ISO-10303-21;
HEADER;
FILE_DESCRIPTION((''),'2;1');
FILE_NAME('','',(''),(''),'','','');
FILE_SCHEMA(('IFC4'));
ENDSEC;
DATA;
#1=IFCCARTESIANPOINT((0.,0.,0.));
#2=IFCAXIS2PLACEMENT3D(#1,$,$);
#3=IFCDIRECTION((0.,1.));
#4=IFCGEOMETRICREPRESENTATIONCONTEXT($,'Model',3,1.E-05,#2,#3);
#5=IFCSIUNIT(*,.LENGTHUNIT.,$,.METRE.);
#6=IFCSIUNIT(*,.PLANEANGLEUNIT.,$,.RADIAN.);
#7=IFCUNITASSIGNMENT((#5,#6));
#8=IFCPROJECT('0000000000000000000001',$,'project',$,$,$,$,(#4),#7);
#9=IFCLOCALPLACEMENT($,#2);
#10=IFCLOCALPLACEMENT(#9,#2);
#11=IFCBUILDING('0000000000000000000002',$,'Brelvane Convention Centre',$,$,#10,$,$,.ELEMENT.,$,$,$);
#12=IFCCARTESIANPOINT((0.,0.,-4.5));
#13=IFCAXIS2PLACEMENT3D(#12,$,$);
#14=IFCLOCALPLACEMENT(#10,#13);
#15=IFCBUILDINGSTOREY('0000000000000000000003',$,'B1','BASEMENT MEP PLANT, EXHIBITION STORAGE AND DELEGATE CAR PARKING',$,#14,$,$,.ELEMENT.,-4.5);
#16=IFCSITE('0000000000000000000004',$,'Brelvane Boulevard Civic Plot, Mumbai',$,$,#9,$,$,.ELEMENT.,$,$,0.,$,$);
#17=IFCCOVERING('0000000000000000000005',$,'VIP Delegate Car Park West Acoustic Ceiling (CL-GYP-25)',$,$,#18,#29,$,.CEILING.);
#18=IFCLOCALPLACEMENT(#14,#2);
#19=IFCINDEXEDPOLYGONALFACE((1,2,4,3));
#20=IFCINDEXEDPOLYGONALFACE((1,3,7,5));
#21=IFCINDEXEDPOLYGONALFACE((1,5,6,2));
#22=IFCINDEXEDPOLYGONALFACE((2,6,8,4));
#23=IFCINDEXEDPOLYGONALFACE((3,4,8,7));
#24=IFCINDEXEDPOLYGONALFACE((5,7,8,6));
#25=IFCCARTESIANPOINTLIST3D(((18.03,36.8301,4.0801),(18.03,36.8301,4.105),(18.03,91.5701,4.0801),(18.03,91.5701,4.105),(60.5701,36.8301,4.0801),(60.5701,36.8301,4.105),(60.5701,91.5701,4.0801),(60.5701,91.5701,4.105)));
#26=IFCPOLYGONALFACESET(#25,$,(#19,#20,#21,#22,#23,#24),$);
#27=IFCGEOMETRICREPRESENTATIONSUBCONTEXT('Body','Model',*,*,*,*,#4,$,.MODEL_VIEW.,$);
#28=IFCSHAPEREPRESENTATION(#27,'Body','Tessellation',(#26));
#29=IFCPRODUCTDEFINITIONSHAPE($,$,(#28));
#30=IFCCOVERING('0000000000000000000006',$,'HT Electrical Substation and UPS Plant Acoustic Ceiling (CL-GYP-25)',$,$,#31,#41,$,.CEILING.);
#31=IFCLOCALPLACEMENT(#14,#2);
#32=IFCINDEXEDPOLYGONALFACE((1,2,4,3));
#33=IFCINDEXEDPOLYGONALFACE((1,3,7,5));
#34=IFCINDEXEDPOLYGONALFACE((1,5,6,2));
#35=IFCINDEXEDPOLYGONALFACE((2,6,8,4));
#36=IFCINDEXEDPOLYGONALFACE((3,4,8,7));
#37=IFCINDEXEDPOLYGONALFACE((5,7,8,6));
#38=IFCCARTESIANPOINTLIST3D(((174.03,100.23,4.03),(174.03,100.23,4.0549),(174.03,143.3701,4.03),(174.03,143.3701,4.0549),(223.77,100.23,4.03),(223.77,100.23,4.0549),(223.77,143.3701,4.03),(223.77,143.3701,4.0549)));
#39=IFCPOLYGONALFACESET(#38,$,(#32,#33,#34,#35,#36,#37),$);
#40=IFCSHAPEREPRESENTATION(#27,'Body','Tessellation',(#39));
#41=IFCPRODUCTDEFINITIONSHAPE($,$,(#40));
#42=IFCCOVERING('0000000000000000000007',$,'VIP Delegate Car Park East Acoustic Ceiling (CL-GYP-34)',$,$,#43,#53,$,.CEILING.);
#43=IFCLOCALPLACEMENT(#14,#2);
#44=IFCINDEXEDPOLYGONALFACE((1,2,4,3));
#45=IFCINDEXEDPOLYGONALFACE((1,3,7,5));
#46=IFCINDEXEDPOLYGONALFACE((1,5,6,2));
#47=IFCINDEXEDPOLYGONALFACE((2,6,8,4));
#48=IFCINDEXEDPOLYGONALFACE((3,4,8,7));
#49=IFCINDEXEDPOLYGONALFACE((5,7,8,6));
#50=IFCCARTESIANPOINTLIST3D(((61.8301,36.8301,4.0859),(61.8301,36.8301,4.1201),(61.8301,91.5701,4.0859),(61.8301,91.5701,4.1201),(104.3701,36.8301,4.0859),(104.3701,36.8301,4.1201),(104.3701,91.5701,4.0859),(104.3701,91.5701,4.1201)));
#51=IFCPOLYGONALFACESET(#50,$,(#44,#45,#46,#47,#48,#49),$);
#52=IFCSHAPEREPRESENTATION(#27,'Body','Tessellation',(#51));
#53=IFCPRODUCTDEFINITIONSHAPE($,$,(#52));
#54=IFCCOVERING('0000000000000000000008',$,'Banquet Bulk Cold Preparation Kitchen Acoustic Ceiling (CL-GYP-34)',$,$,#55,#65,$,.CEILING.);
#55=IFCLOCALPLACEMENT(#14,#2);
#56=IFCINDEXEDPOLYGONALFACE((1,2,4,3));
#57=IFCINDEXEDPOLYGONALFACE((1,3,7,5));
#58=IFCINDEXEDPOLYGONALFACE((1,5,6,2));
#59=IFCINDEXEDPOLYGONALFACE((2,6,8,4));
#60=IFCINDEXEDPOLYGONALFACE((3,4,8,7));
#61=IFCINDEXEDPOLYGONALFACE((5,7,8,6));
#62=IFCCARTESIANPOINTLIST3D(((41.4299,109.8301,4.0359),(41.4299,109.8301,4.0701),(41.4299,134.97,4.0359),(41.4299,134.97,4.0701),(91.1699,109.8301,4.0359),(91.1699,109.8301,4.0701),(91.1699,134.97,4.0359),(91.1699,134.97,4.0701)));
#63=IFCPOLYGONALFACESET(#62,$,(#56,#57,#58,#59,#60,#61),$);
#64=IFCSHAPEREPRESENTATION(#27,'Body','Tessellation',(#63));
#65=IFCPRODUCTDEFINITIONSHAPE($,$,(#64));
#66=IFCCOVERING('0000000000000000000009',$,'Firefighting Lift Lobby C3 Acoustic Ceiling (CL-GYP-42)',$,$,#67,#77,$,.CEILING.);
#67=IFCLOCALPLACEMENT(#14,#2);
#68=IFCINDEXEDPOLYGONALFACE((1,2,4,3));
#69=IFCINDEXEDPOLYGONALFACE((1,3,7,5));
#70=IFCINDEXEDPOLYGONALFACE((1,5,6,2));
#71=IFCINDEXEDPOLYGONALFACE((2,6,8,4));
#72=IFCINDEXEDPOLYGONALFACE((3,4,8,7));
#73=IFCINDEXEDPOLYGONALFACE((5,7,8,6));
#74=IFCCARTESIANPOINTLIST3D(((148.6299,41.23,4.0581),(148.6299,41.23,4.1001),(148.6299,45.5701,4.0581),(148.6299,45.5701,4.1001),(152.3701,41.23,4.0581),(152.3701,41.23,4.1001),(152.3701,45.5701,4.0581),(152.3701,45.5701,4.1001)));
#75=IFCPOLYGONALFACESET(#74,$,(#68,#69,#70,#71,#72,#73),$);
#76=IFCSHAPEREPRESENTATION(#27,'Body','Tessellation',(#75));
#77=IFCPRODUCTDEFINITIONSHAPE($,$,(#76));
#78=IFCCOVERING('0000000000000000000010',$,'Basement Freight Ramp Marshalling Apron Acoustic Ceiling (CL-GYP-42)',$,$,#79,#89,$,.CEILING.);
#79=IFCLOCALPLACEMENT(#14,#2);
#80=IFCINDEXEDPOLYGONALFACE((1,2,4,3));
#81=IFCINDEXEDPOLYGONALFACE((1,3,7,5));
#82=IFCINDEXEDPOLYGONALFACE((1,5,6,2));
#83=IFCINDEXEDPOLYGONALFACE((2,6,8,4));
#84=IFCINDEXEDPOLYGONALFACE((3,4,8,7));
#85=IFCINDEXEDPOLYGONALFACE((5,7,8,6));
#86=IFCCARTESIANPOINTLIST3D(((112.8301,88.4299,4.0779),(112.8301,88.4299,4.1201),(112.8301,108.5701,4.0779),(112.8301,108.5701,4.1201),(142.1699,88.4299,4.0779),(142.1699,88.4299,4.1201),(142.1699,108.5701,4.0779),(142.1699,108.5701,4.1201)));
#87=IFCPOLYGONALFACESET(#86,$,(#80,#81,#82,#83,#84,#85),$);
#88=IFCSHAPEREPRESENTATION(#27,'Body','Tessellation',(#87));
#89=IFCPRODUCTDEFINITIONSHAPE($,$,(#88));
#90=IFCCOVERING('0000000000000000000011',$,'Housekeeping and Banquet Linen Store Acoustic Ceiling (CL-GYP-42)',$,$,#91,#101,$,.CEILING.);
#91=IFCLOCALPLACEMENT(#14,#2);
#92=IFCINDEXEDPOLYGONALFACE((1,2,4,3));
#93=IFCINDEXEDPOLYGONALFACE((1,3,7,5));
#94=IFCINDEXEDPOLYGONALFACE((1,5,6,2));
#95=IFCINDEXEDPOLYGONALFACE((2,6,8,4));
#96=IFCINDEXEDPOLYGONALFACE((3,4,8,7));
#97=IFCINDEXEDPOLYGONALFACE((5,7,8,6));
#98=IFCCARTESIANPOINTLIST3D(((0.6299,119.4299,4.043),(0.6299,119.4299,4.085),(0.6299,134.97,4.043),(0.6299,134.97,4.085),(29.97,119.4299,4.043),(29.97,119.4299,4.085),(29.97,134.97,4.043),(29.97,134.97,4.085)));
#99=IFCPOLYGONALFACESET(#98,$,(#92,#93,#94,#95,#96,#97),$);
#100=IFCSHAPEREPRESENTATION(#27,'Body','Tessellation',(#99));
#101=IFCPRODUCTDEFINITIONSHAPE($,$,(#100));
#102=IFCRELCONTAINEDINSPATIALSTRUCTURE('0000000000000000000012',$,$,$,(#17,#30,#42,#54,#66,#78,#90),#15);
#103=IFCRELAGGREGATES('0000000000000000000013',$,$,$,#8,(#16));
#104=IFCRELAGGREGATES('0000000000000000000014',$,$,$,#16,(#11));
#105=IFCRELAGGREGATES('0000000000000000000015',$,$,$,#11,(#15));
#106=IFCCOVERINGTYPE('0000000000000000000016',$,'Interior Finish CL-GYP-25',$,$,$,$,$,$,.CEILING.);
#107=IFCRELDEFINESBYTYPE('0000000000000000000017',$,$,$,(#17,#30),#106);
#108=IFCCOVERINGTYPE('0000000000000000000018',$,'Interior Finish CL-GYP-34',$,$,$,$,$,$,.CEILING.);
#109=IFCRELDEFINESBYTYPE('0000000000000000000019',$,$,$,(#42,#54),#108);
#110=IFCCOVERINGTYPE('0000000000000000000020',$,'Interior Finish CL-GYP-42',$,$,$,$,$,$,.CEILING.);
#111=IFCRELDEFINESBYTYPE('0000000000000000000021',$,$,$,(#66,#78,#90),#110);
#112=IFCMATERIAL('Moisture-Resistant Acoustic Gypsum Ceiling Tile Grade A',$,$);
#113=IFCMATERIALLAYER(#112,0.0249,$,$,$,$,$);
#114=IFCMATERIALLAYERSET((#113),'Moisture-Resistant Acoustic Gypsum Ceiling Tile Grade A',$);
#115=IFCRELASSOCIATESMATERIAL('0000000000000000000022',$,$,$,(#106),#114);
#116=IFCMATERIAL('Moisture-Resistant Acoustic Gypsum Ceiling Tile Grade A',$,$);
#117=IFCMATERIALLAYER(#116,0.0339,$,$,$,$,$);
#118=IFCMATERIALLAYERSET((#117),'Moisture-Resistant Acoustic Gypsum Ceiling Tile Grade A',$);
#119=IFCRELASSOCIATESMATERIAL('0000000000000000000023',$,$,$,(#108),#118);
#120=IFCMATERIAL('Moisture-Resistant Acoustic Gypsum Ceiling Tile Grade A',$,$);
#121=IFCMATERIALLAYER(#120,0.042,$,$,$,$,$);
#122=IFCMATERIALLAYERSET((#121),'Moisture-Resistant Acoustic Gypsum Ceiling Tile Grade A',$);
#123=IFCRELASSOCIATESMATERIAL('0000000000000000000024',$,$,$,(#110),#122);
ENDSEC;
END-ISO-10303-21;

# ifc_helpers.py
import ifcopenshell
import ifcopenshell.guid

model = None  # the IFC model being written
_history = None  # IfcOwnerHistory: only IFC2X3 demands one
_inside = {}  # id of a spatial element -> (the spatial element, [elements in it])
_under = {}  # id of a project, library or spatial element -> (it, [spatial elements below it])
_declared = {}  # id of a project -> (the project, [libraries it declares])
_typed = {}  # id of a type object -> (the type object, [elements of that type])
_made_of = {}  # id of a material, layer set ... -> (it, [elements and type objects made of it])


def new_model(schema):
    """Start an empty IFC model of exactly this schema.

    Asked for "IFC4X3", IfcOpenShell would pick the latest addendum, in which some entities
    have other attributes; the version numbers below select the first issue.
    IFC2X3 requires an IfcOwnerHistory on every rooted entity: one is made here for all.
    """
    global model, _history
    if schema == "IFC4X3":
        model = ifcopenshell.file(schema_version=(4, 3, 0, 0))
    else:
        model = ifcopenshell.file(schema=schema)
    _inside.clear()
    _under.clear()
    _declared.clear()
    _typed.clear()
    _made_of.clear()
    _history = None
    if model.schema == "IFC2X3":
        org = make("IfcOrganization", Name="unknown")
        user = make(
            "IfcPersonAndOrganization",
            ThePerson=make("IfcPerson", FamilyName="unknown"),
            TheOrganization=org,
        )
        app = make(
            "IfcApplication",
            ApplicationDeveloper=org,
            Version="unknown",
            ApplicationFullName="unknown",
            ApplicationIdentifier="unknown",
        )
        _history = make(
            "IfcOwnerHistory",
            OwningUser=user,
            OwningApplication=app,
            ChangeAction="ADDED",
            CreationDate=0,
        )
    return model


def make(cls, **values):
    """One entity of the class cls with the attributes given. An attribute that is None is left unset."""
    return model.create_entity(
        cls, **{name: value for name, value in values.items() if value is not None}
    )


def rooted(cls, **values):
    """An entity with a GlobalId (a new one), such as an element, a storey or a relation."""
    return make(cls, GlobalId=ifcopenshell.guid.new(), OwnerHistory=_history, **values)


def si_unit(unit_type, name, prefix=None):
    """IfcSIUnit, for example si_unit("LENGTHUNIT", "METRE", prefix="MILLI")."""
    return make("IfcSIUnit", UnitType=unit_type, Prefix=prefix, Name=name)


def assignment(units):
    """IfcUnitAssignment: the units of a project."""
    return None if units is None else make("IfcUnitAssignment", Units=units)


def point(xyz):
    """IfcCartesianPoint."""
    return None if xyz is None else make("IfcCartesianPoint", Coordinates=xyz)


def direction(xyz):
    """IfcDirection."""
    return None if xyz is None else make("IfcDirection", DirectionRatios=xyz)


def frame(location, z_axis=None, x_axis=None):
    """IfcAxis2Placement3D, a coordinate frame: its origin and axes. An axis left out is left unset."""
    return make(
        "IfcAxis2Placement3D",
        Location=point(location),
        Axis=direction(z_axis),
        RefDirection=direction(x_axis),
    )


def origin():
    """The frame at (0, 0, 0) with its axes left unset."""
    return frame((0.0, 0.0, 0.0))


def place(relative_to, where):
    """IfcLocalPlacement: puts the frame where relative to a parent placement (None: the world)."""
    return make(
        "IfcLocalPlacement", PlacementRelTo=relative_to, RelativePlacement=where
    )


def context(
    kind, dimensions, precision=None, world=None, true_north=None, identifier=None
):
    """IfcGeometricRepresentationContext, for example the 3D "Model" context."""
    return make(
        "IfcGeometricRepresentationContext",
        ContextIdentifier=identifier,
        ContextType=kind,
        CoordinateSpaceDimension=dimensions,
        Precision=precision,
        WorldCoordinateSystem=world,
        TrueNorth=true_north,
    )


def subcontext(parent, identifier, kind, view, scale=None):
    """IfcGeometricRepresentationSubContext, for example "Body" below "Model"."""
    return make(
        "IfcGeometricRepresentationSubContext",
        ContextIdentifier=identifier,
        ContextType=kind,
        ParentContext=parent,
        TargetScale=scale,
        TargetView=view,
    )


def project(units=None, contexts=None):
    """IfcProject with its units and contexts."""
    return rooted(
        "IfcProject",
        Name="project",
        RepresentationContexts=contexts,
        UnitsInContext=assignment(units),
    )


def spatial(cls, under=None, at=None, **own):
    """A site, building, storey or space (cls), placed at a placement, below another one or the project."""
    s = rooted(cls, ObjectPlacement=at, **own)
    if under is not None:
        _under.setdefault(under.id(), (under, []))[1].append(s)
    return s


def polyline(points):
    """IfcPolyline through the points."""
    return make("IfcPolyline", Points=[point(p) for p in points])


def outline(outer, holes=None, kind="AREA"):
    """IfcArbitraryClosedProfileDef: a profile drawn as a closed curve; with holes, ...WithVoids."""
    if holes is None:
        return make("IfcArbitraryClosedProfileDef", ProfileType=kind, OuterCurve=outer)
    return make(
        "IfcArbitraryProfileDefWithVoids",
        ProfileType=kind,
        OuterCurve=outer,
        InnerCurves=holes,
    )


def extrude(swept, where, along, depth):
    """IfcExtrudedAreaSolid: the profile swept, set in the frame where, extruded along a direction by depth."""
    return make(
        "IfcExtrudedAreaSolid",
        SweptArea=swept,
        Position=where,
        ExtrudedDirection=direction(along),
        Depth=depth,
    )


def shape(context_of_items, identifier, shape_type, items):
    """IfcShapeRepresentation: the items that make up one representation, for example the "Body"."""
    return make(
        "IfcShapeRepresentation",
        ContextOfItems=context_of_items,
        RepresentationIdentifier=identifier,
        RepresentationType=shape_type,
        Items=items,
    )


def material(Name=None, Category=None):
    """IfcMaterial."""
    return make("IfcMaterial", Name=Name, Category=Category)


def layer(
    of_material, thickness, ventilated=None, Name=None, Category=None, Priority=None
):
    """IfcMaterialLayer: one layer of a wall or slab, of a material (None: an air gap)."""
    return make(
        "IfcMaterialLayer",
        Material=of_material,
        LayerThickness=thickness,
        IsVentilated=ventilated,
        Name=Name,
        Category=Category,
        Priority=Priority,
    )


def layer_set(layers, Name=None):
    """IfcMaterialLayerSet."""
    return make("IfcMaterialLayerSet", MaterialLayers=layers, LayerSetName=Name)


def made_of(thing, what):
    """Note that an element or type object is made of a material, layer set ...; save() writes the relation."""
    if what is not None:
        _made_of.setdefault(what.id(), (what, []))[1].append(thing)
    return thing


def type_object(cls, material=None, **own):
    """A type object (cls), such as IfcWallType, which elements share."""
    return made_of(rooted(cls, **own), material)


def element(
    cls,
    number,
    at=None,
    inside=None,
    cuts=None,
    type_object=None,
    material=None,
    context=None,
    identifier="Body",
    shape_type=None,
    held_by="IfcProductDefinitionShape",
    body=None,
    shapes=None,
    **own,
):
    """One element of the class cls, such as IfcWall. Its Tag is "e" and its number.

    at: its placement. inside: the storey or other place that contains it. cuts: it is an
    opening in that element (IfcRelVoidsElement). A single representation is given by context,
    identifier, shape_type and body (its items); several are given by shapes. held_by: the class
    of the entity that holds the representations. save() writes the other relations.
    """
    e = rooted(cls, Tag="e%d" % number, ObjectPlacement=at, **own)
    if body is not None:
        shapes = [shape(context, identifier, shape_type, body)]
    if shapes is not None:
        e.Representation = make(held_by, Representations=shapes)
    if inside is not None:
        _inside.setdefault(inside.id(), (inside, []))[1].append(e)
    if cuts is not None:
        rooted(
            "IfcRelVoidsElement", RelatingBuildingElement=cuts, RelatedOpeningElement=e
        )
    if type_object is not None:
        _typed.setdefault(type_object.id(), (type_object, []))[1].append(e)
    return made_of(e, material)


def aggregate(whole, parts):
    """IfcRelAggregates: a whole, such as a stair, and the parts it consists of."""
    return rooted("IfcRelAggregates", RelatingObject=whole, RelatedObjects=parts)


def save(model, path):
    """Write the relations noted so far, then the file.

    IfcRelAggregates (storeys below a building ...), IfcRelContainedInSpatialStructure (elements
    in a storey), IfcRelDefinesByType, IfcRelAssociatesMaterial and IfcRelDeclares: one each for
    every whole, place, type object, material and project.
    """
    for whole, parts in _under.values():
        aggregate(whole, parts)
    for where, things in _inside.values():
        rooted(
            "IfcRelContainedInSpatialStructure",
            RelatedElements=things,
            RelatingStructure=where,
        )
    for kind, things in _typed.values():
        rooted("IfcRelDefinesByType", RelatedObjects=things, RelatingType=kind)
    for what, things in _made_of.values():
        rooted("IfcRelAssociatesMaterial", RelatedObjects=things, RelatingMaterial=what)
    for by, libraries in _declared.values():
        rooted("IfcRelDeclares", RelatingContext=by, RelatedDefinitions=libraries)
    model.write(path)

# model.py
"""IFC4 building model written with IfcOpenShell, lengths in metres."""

from ifc_helpers import new_model, si_unit, direction, frame, origin, place, context, subcontext, project, spatial, polyline, outline, extrude, material, layer, layer_set, type_object, element, save


model = new_model("IFC4")

# Units and contexts
model_context = context("Model", 3, precision=1e-05, world=origin(), true_north=direction((0.0, 1.0)))
body_context = subcontext(model_context, "Body", "Model", "MODEL_VIEW")
ifc_project = project(units=[si_unit("LENGTHUNIT", "METRE"), si_unit("PLANEANGLEUNIT", "RADIAN")], contexts=[model_context])

# Site, building, storey
site_placement = place(None, origin())
site = spatial("IfcSite", under=ifc_project, at=site_placement, Name="Brelvane Boulevard Civic Plot, Mumbai", CompositionType="ELEMENT", RefElevation=0.0)
building_placement = place(site_placement, origin())
building = spatial("IfcBuilding", under=site, at=building_placement, Name="Brelvane Convention Centre", CompositionType="ELEMENT")
storey_placement = place(building_placement, frame((0.0, 0.0, -4.5)))
storey = spatial("IfcBuildingStorey", under=building, at=storey_placement, Name="B1", Description="BASEMENT MEP PLANT, EXHIBITION STORAGE AND DELEGATE CAR PARKING", CompositionType="ELEMENT", Elevation=-4.5)

# Coverings
ifc_material_1 = material(Name="Moisture-Resistant Acoustic Gypsum Ceiling Tile Grade A")
ifc_layer_1 = layer(ifc_material_1, 0.0249)
ifc_layer_set_1 = layer_set([ifc_layer_1], Name="Moisture-Resistant Acoustic Gypsum Ceiling Tile Grade A")
covering_type_1 = type_object("IfcCoveringType", Name="Interior Finish CL-GYP-25", PredefinedType="CEILING", material=ifc_layer_set_1)
covering_1_placement = place(storey_placement, frame((0.0, 0.0, 4.0801)))
element("IfcCovering", 1, at=covering_1_placement, inside=storey, type_object=covering_type_1, Name="VIP Delegate Car Park West Acoustic Ceiling (CL-GYP-25)", PredefinedType="CEILING", context=body_context, shape_type="SweptSolid", body=[
    extrude(outline(polyline([(18.03, 36.8301), (60.5701, 36.8301), (60.5701, 91.5701), (18.03, 91.5701), (18.03, 36.8301)])), origin(), (0.0, 0.0, 1.0), 0.0249),
])
covering_2_placement = place(storey_placement, frame((0.0, 0.0, 4.03)))
element("IfcCovering", 2, at=covering_2_placement, inside=storey, type_object=covering_type_1, Name="HT Electrical Substation and UPS Plant Acoustic Ceiling (CL-GYP-25)", PredefinedType="CEILING", context=body_context, shape_type="SweptSolid", body=[
    extrude(outline(polyline([(174.03, 100.23), (223.77, 100.23), (223.77, 143.3701), (174.03, 143.3701), (174.03, 100.23)])), origin(), (0.0, 0.0, 1.0), 0.0249),
])
ifc_material_2 = material(Name="Moisture-Resistant Acoustic Gypsum Ceiling Tile Grade A")
ifc_layer_2 = layer(ifc_material_2, 0.0339)
ifc_layer_set_2 = layer_set([ifc_layer_2], Name="Moisture-Resistant Acoustic Gypsum Ceiling Tile Grade A")
covering_type_2 = type_object("IfcCoveringType", Name="Interior Finish CL-GYP-34", PredefinedType="CEILING", material=ifc_layer_set_2)
covering_3_placement = place(storey_placement, frame((0.0, 0.0, 4.0859)))
element("IfcCovering", 3, at=covering_3_placement, inside=storey, type_object=covering_type_2, Name="VIP Delegate Car Park East Acoustic Ceiling (CL-GYP-34)", PredefinedType="CEILING", context=body_context, shape_type="SweptSolid", body=[
    extrude(outline(polyline([(61.8301, 36.8301), (104.3701, 36.8301), (104.3701, 91.5701), (61.8301, 91.5701), (61.8301, 36.8301)])), origin(), (0.0, 0.0, 1.0), 0.0342),
])
covering_4_placement = place(storey_placement, frame((0.0, 0.0, 4.0359)))
element("IfcCovering", 4, at=covering_4_placement, inside=storey, type_object=covering_type_2, Name="Banquet Bulk Cold Preparation Kitchen Acoustic Ceiling (CL-GYP-34)", PredefinedType="CEILING", context=body_context, shape_type="SweptSolid", body=[
    extrude(outline(polyline([(41.4299, 109.8301), (91.1699, 109.8301), (91.1699, 134.97), (41.4299, 134.97), (41.4299, 109.8301)])), origin(), (0.0, 0.0, 1.0), 0.0342),
])
ifc_material_3 = material(Name="Moisture-Resistant Acoustic Gypsum Ceiling Tile Grade A")
ifc_layer_3 = layer(ifc_material_3, 0.042)
ifc_layer_set_3 = layer_set([ifc_layer_3], Name="Moisture-Resistant Acoustic Gypsum Ceiling Tile Grade A")
covering_type_3 = type_object("IfcCoveringType", Name="Interior Finish CL-GYP-42", PredefinedType="CEILING", material=ifc_layer_set_3)
covering_5_placement = place(storey_placement, frame((0.0, 0.0, 4.0581)))
element("IfcCovering", 5, at=covering_5_placement, inside=storey, type_object=covering_type_3, Name="Firefighting Lift Lobby C3 Acoustic Ceiling (CL-GYP-42)", PredefinedType="CEILING", context=body_context, shape_type="SweptSolid", body=[
    extrude(outline(polyline([(148.6299, 41.23), (152.3701, 41.23), (152.3701, 45.5701), (148.6299, 45.5701), (148.6299, 41.23)])), origin(), (0.0, 0.0, 1.0), 0.042),
])
covering_6_placement = place(storey_placement, frame((0.0, 0.0, 4.0779)))
element("IfcCovering", 6, at=covering_6_placement, inside=storey, type_object=covering_type_3, Name="Basement Freight Ramp Marshalling Apron Acoustic Ceiling (CL-GYP-42)", PredefinedType="CEILING", context=body_context, shape_type="SweptSolid", body=[
    extrude(outline(polyline([(112.8301, 88.4299), (142.1699, 88.4299), (142.1699, 108.5701), (112.8301, 108.5701), (112.8301, 88.4299)])), origin(), (0.0, 0.0, 1.0), 0.0422),
])
covering_7_placement = place(storey_placement, frame((0.0, 0.0, 4.043)))
element("IfcCovering", 7, at=covering_7_placement, inside=storey, type_object=covering_type_3, Name="Housekeeping and Banquet Linen Store Acoustic Ceiling (CL-GYP-42)", PredefinedType="CEILING", context=body_context, shape_type="SweptSolid", body=[
    extrude(outline(polyline([(0.6299, 119.4299), (29.97, 119.4299), (29.97, 134.97), (0.6299, 134.97), (0.6299, 119.4299)])), origin(), (0.0, 0.0, 1.0), 0.042),
])

save(model, "model.ifc")
